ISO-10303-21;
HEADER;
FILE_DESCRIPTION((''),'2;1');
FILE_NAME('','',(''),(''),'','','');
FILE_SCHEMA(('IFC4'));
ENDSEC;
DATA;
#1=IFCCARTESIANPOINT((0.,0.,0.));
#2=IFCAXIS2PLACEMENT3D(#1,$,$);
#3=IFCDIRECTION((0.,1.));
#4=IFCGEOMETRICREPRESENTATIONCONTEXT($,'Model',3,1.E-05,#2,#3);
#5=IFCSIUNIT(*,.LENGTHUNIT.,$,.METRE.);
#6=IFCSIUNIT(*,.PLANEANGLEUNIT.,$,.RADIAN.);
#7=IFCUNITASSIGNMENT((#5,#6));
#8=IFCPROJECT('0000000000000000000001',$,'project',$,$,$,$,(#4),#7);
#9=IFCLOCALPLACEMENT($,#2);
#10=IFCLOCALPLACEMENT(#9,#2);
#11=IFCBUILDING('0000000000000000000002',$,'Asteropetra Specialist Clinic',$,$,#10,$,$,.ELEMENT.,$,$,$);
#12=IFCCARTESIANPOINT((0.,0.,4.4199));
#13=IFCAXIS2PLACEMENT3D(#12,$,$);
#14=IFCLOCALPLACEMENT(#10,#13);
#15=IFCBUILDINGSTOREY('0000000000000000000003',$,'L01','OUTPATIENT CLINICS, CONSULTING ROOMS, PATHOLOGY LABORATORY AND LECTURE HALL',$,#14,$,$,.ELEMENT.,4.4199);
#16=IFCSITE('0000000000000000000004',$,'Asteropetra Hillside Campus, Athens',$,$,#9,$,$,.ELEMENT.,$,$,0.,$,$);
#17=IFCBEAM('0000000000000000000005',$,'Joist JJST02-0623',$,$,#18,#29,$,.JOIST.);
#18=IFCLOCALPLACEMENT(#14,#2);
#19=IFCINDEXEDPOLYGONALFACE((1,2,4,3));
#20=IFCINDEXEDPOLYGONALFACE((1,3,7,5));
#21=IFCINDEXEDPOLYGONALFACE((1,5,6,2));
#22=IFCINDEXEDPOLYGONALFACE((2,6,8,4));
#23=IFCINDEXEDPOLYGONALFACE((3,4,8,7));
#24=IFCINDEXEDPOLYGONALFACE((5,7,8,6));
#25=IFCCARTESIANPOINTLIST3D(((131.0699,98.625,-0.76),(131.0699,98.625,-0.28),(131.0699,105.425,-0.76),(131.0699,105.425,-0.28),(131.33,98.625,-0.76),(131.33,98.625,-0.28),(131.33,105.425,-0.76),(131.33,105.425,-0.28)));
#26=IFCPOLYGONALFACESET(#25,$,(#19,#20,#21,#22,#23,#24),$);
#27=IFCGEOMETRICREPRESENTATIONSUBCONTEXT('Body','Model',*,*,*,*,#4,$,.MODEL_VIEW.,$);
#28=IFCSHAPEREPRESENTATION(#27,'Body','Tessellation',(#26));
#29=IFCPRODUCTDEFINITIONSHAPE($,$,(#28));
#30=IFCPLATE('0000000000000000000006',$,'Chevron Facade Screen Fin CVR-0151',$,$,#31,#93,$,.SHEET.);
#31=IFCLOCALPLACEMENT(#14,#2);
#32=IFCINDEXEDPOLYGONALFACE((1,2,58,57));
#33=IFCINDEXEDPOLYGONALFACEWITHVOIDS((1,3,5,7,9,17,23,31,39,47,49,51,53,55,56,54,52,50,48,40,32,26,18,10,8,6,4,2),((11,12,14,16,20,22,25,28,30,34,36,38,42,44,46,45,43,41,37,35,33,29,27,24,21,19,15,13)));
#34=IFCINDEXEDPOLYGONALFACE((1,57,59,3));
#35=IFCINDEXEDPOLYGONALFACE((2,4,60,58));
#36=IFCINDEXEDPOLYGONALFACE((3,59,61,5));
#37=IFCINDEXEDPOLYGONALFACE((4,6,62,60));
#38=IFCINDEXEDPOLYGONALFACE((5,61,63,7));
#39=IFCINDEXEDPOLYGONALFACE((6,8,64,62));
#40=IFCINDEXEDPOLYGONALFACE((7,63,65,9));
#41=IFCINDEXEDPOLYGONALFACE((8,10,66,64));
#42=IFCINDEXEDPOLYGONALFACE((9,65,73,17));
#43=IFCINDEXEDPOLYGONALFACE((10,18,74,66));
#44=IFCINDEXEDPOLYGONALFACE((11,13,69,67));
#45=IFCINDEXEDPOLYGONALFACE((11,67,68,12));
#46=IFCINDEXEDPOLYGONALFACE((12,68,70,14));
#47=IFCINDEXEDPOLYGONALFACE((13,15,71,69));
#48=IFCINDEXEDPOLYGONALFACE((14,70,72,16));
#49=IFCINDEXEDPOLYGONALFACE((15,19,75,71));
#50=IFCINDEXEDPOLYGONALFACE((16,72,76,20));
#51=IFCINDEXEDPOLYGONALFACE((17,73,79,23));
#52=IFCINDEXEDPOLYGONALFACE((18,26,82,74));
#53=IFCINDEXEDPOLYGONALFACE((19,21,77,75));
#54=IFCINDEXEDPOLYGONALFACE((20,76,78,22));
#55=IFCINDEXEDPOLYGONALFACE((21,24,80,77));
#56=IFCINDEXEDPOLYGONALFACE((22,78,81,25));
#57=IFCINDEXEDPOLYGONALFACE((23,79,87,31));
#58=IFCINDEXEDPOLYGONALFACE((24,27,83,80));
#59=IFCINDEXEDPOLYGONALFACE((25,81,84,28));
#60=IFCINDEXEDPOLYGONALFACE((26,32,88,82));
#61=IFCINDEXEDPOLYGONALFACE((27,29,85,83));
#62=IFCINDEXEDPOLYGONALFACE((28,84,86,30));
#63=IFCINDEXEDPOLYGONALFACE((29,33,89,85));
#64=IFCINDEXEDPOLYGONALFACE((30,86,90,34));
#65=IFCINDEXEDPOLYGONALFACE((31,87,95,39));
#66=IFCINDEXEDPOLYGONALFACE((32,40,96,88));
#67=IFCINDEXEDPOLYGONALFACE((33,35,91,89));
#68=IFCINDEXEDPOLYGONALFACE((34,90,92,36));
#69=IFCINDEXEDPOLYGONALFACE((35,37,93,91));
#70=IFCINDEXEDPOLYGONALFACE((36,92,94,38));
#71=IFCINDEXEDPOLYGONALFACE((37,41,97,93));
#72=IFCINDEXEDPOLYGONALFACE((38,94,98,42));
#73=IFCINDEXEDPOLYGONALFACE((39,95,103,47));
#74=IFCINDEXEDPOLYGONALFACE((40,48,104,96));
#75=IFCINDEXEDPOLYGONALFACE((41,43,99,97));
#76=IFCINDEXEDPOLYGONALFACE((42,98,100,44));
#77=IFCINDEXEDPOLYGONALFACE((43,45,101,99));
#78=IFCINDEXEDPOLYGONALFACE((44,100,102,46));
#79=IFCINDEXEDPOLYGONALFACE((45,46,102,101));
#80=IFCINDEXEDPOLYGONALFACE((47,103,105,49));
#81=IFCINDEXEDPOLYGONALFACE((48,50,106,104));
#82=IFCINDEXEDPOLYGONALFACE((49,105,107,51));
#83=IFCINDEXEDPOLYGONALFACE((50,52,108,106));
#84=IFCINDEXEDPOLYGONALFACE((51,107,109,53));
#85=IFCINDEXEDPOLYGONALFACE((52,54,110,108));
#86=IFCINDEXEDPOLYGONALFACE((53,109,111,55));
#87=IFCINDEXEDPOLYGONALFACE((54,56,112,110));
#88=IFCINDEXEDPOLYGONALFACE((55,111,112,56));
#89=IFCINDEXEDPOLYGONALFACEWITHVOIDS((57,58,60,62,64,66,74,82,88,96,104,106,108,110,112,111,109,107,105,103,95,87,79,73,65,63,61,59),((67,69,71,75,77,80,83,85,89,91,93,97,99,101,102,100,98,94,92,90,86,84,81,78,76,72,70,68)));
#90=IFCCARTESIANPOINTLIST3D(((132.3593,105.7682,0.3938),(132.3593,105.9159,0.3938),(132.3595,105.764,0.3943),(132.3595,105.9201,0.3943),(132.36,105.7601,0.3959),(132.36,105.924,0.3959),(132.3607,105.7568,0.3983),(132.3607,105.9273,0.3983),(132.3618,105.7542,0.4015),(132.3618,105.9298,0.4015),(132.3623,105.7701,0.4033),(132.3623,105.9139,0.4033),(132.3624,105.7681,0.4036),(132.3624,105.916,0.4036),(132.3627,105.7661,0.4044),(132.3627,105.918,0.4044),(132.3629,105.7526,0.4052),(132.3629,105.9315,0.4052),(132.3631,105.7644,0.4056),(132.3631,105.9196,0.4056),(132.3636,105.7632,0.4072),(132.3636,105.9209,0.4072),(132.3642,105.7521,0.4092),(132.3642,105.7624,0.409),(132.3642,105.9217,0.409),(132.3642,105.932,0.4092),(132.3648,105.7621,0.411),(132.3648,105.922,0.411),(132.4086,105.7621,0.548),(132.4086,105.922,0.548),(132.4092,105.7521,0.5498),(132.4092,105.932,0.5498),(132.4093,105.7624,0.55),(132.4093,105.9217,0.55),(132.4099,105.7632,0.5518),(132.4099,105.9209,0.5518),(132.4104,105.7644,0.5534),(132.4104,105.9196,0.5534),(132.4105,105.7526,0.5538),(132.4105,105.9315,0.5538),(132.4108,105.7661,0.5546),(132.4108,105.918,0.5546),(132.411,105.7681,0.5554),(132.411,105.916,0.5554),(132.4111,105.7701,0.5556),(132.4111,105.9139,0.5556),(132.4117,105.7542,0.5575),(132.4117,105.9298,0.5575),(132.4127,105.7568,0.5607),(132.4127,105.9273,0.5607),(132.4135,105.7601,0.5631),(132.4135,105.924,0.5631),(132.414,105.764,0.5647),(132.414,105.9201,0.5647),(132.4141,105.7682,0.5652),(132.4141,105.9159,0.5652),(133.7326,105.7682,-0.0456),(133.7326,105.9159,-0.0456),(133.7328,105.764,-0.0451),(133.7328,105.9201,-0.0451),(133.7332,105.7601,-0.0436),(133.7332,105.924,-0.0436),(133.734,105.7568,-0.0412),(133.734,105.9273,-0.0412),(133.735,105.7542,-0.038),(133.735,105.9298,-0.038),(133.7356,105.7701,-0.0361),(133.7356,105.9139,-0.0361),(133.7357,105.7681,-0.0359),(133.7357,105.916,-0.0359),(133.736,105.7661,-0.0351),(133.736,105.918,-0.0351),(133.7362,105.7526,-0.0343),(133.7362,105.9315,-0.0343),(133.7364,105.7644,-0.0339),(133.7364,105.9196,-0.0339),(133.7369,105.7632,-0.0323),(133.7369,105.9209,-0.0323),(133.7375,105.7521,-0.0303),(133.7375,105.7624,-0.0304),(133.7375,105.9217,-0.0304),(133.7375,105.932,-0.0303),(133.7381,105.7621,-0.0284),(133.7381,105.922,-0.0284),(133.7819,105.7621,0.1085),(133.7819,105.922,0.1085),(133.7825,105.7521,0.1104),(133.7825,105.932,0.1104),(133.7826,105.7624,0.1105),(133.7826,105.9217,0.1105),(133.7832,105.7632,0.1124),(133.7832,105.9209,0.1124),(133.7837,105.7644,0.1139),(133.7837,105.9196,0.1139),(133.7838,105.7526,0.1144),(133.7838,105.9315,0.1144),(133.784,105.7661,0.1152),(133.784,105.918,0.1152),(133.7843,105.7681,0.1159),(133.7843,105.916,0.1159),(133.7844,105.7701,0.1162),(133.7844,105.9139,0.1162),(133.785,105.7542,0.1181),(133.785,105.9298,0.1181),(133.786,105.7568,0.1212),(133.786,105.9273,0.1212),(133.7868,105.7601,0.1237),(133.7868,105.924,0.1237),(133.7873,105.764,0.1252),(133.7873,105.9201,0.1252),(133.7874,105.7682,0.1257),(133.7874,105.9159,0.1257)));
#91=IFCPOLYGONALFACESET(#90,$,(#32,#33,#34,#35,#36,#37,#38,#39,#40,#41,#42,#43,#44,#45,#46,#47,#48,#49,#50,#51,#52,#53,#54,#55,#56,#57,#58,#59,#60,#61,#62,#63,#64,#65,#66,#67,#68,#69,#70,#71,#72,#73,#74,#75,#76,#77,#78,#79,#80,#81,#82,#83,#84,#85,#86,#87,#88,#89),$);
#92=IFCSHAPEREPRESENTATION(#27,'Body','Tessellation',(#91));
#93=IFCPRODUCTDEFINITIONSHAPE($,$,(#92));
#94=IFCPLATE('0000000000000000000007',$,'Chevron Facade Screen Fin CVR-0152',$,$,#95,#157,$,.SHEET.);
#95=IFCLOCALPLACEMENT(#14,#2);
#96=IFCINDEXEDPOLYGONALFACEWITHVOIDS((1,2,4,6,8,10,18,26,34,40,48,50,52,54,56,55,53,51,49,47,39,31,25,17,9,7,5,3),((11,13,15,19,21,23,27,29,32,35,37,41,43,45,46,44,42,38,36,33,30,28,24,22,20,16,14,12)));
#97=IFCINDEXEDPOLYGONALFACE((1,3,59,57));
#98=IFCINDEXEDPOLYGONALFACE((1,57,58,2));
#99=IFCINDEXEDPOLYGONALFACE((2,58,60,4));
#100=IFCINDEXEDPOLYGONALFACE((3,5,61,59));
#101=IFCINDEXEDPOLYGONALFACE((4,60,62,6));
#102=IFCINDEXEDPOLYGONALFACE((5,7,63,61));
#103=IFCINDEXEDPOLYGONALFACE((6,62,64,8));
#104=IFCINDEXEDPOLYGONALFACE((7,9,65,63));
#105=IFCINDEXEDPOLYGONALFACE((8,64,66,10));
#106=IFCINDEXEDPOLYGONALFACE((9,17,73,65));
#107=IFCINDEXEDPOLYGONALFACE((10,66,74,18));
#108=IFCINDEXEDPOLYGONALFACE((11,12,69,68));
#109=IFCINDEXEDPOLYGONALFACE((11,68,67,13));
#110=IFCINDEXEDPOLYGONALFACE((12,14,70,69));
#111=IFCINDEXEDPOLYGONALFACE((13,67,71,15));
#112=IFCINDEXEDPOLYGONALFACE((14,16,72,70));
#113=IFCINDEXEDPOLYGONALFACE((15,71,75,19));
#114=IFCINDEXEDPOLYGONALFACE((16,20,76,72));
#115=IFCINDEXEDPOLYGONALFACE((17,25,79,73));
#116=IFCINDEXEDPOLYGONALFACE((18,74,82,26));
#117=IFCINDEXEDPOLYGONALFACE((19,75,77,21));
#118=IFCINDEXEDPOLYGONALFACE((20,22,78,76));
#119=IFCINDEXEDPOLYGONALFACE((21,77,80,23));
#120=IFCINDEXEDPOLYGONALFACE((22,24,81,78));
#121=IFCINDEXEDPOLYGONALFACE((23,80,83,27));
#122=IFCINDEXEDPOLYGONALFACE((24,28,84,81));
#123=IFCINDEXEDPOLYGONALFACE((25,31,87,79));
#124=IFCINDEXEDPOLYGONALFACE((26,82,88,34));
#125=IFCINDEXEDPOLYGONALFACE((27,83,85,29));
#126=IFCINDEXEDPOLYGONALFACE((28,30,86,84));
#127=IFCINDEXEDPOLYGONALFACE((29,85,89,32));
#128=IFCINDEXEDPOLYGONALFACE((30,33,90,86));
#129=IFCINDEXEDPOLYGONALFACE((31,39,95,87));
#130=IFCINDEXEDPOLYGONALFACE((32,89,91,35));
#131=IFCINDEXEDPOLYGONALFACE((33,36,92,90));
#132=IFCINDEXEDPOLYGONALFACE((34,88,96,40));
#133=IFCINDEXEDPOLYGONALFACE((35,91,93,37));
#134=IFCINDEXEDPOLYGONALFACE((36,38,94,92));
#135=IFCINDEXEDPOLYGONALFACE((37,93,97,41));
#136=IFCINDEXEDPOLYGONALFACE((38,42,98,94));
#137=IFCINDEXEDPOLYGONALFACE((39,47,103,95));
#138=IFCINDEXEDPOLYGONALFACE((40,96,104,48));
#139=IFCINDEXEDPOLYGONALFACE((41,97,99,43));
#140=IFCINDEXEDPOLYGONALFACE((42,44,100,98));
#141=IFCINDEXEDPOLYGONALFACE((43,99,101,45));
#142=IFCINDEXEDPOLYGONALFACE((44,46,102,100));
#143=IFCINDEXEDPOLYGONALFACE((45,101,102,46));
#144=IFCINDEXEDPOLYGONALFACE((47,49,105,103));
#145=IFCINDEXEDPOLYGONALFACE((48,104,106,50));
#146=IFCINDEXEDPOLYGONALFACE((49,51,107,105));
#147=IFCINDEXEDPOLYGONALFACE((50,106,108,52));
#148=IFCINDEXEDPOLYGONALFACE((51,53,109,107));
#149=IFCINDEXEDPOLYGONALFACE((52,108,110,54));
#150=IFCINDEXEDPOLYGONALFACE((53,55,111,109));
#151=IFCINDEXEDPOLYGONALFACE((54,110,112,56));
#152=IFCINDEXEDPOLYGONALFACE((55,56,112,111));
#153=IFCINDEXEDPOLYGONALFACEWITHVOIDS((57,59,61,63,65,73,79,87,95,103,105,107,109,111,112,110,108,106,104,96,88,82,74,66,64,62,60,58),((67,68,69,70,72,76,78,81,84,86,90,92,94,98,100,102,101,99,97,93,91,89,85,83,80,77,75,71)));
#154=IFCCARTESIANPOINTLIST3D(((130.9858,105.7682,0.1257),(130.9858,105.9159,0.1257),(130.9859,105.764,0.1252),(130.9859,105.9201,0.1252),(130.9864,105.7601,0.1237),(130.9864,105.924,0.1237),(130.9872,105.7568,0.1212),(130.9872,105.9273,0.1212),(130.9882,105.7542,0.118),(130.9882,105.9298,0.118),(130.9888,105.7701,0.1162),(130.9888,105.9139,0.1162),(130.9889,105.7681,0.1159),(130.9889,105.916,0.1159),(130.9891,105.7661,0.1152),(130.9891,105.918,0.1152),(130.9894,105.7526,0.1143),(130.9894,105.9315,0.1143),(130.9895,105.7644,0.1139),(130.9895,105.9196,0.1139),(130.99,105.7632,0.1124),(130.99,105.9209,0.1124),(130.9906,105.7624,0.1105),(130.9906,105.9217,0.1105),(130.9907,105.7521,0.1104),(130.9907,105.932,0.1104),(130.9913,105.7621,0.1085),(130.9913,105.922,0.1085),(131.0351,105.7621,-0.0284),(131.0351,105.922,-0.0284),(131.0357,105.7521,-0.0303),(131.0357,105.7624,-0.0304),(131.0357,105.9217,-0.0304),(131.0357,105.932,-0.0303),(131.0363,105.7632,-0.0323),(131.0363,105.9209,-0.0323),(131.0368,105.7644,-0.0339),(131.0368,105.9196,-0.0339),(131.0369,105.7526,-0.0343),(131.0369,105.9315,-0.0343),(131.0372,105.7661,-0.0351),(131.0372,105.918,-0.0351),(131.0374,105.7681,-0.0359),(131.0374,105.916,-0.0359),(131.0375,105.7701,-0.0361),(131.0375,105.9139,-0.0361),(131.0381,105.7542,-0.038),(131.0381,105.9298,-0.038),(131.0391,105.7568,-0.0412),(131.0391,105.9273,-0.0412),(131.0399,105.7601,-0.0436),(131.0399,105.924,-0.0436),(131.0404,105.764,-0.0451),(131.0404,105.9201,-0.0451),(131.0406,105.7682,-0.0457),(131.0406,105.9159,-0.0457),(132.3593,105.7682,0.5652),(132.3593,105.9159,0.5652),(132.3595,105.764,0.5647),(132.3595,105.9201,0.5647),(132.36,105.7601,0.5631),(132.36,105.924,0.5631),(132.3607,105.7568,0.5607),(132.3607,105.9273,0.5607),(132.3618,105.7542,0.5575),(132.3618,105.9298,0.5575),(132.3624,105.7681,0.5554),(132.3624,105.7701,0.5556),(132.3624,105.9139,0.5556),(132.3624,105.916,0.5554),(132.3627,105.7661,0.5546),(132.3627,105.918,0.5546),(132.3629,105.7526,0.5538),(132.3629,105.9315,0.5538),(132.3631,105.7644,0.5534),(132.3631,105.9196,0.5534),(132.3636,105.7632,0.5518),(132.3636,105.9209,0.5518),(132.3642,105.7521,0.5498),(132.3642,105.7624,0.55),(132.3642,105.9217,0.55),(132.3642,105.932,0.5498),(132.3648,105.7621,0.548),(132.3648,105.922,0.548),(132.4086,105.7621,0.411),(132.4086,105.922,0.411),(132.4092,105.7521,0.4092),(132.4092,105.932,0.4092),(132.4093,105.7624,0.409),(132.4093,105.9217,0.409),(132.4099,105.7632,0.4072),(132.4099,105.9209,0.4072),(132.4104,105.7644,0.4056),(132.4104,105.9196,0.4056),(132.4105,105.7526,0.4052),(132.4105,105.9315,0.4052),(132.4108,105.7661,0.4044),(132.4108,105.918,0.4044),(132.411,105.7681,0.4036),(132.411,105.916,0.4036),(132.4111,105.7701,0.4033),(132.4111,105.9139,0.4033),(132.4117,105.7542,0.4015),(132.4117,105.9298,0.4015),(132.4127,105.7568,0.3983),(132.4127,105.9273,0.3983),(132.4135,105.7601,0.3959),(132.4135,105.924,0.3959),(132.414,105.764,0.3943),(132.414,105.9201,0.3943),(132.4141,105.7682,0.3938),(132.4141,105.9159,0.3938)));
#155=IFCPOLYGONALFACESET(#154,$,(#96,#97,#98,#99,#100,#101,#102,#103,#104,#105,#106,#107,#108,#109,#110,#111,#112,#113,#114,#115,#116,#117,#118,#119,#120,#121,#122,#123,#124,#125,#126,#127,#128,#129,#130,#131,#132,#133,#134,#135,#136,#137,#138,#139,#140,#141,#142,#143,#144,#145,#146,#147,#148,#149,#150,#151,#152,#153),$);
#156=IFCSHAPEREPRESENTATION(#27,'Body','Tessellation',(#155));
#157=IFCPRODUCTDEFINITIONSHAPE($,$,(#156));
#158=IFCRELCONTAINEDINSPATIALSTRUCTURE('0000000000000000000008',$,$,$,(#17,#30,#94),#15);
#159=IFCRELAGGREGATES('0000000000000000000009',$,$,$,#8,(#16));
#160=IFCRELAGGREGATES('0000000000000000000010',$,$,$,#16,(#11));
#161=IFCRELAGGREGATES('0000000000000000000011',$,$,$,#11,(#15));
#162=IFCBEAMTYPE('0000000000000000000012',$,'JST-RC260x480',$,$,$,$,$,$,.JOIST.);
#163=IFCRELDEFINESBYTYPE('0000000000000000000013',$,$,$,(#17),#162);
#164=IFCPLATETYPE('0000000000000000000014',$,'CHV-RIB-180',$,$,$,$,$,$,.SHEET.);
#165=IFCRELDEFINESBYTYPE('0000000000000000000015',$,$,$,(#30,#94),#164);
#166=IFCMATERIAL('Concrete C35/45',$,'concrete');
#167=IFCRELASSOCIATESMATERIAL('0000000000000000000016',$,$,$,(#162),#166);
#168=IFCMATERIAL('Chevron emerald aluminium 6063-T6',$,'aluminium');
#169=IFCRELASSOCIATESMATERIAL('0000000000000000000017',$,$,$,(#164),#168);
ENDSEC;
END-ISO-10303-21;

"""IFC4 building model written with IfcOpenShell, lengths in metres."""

from ifc_helpers import new_model, si_unit, direction, frame, origin, origin_2d, place, context, subcontext, project, spatial, rectangle, hollow_rectangle, extrude, material, material_profile, profile_set, type_object, element, save


model = new_model("IFC4")

# Units and contexts
model_context = context("Model", 3, precision=1e-05, world=origin(), true_north=direction((0.0, 1.0)))
body_context = subcontext(model_context, "Body", "Model", "MODEL_VIEW")
ifc_project = project(units=[si_unit("LENGTHUNIT", "METRE"), si_unit("PLANEANGLEUNIT", "RADIAN")], contexts=[model_context])

# Site, building, storey
site_placement = place(None, origin())
site = spatial("IfcSite", under=ifc_project, at=site_placement, Name="Asteropetra Hillside Campus, Athens", CompositionType="ELEMENT", RefElevation=0.0)
building_placement = place(site_placement, origin())
building = spatial("IfcBuilding", under=site, at=building_placement, Name="Asteropetra Specialist Clinic", CompositionType="ELEMENT")
storey_placement = place(building_placement, frame((0.0, 0.0, 4.4199)))
storey = spatial("IfcBuildingStorey", under=building, at=storey_placement, Name="L01", Description="OUTPATIENT CLINICS, CONSULTING ROOMS, PATHOLOGY LABORATORY AND LECTURE HALL", CompositionType="ELEMENT", Elevation=4.4199)

# Beam
ifc_material_1 = material(Name="Concrete C35/45", Category="concrete")
ifc_material_profile_1 = material_profile(ifc_material_1, rectangle(XDim=0.26, YDim=0.48, at=origin_2d()), Name="RCJ 260x480")
ifc_profile_set_1 = profile_set([ifc_material_profile_1], Name="Concrete C35/45")
beam_type = type_object("IfcBeamType", Name="JST-RC260x480", PredefinedType="JOIST", material=ifc_profile_set_1)
beam_placement = place(storey_placement, frame((131.2, 98.625, -0.52), z_axis=(0.0, 1.0, 0.0), x_axis=(-1.0, 0.0, 0.0)))
element("IfcBeam", 1, at=beam_placement, inside=storey, type_object=beam_type, Name="Joist JJST02-0623", PredefinedType="JOIST", context=body_context, shape_type="SweptSolid", body=[
    extrude(rectangle(XDim=0.26, YDim=0.48, at=origin_2d()), origin(), (0.0, 0.0, 1.0), 6.8),
])

# Plates
ifc_material_2 = material(Name="Chevron emerald aluminium 6063-T6", Category="aluminium")
ifc_material_profile_2 = material_profile(ifc_material_2, hollow_rectangle(XDim=0.1799, YDim=0.1799, WallThickness=0.01, InnerFilletRadius=0.0081, OuterFilletRadius=0.0161, at=origin_2d()), Name="SHS 180x180x10.0")
ifc_profile_set_2 = profile_set([ifc_material_profile_2], Name="Chevron emerald aluminium 6063-T6")
plate_type = type_object("IfcPlateType", Name="CHV-RIB-180", PredefinedType="SHEET", material=ifc_profile_set_2)
plate_1_placement = place(storey_placement, frame((133.76, 105.842, 0.04), z_axis=(-0.952424, 0.0, 0.304776), x_axis=(0.0, -1.0, 0.0)))
element("IfcPlate", 2, at=plate_1_placement, inside=storey, type_object=plate_type, Name="Chevron Facade Screen Fin CVR-0151", PredefinedType="SHEET", context=body_context, shape_type="SweptSolid", body=[
    extrude(hollow_rectangle(XDim=0.1799, YDim=0.1799, WallThickness=0.01, InnerFilletRadius=0.0081, OuterFilletRadius=0.0161, at=origin_2d()), origin(), (0.0, 0.0, 1.0), 1.4419),
])
plate_2_placement = place(storey_placement, frame((132.3867, 105.842, 0.4795), z_axis=(-0.95244, 0.0, -0.304727), x_axis=(0.0, -1.0, 0.0)))
element("IfcPlate", 3, at=plate_2_placement, inside=storey, type_object=plate_type, Name="Chevron Facade Screen Fin CVR-0152", PredefinedType="SHEET", context=body_context, shape_type="SweptSolid", body=[
    extrude(hollow_rectangle(XDim=0.1799, YDim=0.1799, WallThickness=0.01, InnerFilletRadius=0.0081, OuterFilletRadius=0.0161, at=origin_2d()), origin(), (0.0, 0.0, 1.0), 1.4421),
])

save(model, "model.ifc")
